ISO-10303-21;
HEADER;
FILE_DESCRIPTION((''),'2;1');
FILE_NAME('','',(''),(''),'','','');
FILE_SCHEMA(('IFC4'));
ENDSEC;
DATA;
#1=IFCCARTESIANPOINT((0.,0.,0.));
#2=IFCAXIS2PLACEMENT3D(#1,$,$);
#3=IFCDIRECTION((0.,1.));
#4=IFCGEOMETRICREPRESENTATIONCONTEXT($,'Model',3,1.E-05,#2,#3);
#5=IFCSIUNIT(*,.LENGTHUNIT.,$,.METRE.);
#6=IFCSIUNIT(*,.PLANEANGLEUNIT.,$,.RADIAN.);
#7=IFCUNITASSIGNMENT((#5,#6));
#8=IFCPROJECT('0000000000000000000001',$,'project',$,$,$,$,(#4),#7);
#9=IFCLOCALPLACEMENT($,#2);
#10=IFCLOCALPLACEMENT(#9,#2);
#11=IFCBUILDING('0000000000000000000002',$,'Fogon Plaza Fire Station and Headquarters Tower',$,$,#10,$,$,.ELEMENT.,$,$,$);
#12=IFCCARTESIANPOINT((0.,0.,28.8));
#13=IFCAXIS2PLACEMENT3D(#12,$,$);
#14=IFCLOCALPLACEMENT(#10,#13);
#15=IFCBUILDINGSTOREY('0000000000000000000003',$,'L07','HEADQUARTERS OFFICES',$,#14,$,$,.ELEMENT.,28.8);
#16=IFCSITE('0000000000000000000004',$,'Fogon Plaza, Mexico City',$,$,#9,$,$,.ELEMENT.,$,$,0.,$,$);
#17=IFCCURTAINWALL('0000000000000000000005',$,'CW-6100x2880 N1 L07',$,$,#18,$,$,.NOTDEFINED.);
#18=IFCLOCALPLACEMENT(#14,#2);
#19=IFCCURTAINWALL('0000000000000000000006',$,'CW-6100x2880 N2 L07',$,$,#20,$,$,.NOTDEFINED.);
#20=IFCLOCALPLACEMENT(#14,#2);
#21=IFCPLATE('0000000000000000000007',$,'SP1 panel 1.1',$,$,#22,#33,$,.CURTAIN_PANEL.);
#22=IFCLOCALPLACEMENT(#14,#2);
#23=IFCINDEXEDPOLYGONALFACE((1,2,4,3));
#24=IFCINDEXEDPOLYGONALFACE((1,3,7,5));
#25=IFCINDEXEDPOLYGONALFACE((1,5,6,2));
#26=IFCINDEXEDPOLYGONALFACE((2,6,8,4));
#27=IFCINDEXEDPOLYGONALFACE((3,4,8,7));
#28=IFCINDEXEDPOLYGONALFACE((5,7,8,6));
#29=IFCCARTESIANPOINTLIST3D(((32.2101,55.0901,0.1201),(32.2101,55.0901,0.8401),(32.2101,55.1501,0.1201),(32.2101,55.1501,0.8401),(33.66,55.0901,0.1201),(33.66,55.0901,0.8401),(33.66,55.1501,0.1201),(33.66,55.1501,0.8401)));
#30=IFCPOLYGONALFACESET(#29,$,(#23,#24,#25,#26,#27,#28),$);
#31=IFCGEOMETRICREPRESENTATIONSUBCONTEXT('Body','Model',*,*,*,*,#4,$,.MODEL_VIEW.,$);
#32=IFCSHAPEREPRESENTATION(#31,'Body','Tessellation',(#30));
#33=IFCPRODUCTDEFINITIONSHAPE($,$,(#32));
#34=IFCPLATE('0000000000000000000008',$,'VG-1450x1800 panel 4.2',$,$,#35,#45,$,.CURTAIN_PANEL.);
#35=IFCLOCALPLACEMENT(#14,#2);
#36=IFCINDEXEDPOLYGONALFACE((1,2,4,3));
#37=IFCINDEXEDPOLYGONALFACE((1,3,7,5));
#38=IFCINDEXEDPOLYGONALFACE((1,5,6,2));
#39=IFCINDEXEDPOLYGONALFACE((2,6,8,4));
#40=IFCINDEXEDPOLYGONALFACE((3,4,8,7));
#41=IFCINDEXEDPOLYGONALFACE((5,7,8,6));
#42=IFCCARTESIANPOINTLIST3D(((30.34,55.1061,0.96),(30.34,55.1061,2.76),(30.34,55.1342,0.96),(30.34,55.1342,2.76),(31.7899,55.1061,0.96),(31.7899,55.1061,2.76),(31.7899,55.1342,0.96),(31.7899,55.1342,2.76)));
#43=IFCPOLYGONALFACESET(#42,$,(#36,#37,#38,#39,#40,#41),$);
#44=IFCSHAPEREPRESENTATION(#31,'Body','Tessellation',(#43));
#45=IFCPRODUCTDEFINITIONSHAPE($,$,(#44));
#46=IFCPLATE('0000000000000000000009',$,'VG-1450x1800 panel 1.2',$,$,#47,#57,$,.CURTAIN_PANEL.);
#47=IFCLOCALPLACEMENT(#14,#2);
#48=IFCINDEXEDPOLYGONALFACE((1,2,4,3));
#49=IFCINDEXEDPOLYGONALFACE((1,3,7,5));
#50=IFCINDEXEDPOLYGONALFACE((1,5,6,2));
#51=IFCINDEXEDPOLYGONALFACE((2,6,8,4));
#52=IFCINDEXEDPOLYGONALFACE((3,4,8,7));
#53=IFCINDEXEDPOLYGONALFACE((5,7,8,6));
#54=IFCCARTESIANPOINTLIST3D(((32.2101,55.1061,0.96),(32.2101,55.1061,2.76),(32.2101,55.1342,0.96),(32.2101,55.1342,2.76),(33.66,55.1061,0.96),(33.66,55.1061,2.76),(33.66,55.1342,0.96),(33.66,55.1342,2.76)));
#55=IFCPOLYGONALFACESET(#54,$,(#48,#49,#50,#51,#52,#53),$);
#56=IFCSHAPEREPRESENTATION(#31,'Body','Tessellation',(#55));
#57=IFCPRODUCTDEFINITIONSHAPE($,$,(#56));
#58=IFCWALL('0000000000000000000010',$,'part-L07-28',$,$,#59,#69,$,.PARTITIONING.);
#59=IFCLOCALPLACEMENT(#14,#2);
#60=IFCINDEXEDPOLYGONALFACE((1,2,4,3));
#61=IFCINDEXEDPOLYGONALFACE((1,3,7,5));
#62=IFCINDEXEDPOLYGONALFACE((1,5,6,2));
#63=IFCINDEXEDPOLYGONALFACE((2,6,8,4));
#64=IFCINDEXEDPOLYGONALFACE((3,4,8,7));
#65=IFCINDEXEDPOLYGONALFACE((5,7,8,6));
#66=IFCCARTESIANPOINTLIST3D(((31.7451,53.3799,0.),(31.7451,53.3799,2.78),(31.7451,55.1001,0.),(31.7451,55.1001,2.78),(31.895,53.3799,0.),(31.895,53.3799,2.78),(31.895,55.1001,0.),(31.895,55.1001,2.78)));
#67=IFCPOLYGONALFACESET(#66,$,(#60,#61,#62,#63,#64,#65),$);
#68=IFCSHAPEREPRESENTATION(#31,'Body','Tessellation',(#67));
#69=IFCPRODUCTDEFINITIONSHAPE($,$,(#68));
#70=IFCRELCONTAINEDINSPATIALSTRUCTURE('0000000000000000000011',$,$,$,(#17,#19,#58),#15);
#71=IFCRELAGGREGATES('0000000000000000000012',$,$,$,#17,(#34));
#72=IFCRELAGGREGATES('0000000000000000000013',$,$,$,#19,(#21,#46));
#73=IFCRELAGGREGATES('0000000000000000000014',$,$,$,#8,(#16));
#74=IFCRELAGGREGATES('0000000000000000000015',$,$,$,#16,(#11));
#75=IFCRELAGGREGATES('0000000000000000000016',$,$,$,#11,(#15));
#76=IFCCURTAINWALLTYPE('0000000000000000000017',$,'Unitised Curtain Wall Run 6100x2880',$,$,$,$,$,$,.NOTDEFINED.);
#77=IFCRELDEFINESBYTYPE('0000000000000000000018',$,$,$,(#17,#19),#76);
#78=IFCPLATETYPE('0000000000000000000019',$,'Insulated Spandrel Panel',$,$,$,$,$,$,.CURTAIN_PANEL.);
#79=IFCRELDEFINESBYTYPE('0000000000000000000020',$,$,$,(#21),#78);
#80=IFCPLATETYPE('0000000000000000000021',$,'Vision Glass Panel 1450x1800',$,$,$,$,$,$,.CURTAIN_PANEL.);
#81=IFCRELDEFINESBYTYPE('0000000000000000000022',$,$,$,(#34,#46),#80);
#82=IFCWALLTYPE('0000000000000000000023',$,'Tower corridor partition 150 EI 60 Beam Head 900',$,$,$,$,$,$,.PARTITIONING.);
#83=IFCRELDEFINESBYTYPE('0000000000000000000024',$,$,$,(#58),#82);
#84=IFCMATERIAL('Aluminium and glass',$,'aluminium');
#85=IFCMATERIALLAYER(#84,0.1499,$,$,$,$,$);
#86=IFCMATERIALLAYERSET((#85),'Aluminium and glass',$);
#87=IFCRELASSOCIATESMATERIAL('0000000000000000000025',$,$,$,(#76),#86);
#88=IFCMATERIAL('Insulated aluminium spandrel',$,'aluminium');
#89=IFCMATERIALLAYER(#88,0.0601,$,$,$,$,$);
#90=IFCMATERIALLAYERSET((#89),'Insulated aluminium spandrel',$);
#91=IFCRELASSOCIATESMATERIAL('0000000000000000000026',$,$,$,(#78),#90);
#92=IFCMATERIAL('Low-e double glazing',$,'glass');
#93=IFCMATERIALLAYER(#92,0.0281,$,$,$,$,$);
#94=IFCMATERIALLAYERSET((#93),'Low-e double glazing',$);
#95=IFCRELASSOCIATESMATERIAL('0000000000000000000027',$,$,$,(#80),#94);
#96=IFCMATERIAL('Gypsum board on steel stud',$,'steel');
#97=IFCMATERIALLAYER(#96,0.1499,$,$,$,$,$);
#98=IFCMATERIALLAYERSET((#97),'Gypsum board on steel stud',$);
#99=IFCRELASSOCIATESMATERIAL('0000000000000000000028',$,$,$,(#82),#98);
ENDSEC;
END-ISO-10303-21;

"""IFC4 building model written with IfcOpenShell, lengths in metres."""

from ifc_helpers import new_model, si_unit, direction, frame, frame_2d, origin, origin_2d, place, context, subcontext, project, spatial, rectangle, extrude, material, layer, layer_set, type_object, element, aggregate, save


model = new_model("IFC4")

# Units and contexts
model_context = context("Model", 3, precision=1e-05, world=origin(), true_north=direction((0.0, 1.0)))
body_context = subcontext(model_context, "Body", "Model", "MODEL_VIEW")
ifc_project = project(units=[si_unit("LENGTHUNIT", "METRE"), si_unit("PLANEANGLEUNIT", "RADIAN")], contexts=[model_context])

# Site, building, storey
site_placement = place(None, origin())
site = spatial("IfcSite", under=ifc_project, at=site_placement, Name="Fogon Plaza, Mexico City", CompositionType="ELEMENT", RefElevation=0.0)
building_placement = place(site_placement, origin())
building = spatial("IfcBuilding", under=site, at=building_placement, Name="Fogon Plaza Fire Station and Headquarters Tower", CompositionType="ELEMENT")
storey_placement = place(building_placement, frame((0.0, 0.0, 28.8)))
storey = spatial("IfcBuildingStorey", under=building, at=storey_placement, Name="L07", Description="HEADQUARTERS OFFICES", CompositionType="ELEMENT", Elevation=28.8)

# Curtain wall
ifc_material_1 = material(Name="Aluminium and glass", Category="aluminium")
ifc_layer_1 = layer(ifc_material_1, 0.1499)
ifc_layer_set_1 = layer_set([ifc_layer_1], Name="Aluminium and glass")
curtain_wall_type = type_object("IfcCurtainWallType", Name="Unitised Curtain Wall Run 6100x2880", PredefinedType="NOTDEFINED", material=ifc_layer_set_1)
curtain_wall_1_placement = place(storey_placement, origin())
curtain_wall_1 = element("IfcCurtainWall", 1, at=curtain_wall_1_placement, inside=storey, type_object=curtain_wall_type, Name="CW-6100x2880 N1 L07", PredefinedType="NOTDEFINED")

# Curtain wall
curtain_wall_2_placement = place(storey_placement, origin())
curtain_wall_2 = element("IfcCurtainWall", 2, at=curtain_wall_2_placement, inside=storey, type_object=curtain_wall_type, Name="CW-6100x2880 N2 L07", PredefinedType="NOTDEFINED")

# Plates
ifc_material_2 = material(Name="Insulated aluminium spandrel", Category="aluminium")
ifc_layer_2 = layer(ifc_material_2, 0.0601)
ifc_layer_set_2 = layer_set([ifc_layer_2], Name="Insulated aluminium spandrel")
plate_type_1 = type_object("IfcPlateType", Name="Insulated Spandrel Panel", PredefinedType="CURTAIN_PANEL", material=ifc_layer_set_2)
plate_1_placement = place(storey_placement, frame((32.9351, 55.1201, 0.1201), z_axis=(0.0, 0.0, 1.0), x_axis=(1.0, 0.0, 0.0)))
plate_1 = element("IfcPlate", 3, at=plate_1_placement, type_object=plate_type_1, Name="SP1 panel 1.1", PredefinedType="CURTAIN_PANEL", context=body_context, shape_type="SweptSolid", body=[
    extrude(rectangle(XDim=1.45, YDim=0.0601, at=origin_2d()), origin(), (0.0, 0.0, 1.0), 0.72),
])
ifc_material_3 = material(Name="Low-e double glazing", Category="glass")
ifc_layer_3 = layer(ifc_material_3, 0.0281)
ifc_layer_set_3 = layer_set([ifc_layer_3], Name="Low-e double glazing")
plate_type_2 = type_object("IfcPlateType", Name="Vision Glass Panel 1450x1800", PredefinedType="CURTAIN_PANEL", material=ifc_layer_set_3)
plate_2_placement = place(storey_placement, frame((31.0649, 55.1201, 0.96), z_axis=(0.0, 0.0, 1.0), x_axis=(1.0, 0.0, 0.0)))
plate_2 = element("IfcPlate", 4, at=plate_2_placement, type_object=plate_type_2, Name="VG-1450x1800 panel 4.2", PredefinedType="CURTAIN_PANEL", context=body_context, shape_type="SweptSolid", body=[
    extrude(rectangle(XDim=1.45, YDim=0.0281, at=origin_2d()), origin(), (0.0, 0.0, 1.0), 1.8),
])
aggregate(curtain_wall_1, [plate_2])
plate_3_placement = place(storey_placement, frame((32.9351, 55.1201, 0.96), z_axis=(0.0, 0.0, 1.0), x_axis=(1.0, 0.0, 0.0)))
plate_3 = element("IfcPlate", 5, at=plate_3_placement, type_object=plate_type_2, Name="VG-1450x1800 panel 1.2", PredefinedType="CURTAIN_PANEL", context=body_context, shape_type="SweptSolid", body=[
    extrude(rectangle(XDim=1.45, YDim=0.0281, at=origin_2d()), origin(), (0.0, 0.0, 1.0), 1.8),
])
aggregate(curtain_wall_2, [plate_1, plate_3])

# Wall
ifc_material_4 = material(Name="Gypsum board on steel stud", Category="steel")
ifc_layer_4 = layer(ifc_material_4, 0.1499)
ifc_layer_set_4 = layer_set([ifc_layer_4], Name="Gypsum board on steel stud")
wall_type = type_object("IfcWallType", Name="Tower corridor partition 150 EI 60 Beam Head 900", PredefinedType="PARTITIONING", material=ifc_layer_set_4)
wall_placement = place(storey_placement, frame((31.8201, 53.3799, 0.0), z_axis=(0.0, 0.0, 1.0), x_axis=(0.0, 1.0, 0.0)))
element("IfcWall", 6, at=wall_placement, inside=storey, type_object=wall_type, Name="part-L07-28", PredefinedType="PARTITIONING", context=body_context, shape_type="SweptSolid", body=[
    extrude(rectangle(XDim=1.7202, YDim=0.1499, at=frame_2d((0.8601, 0.0))), origin(), (0.0, 0.0, 1.0), 2.78),
])

save(model, "model.ifc")
